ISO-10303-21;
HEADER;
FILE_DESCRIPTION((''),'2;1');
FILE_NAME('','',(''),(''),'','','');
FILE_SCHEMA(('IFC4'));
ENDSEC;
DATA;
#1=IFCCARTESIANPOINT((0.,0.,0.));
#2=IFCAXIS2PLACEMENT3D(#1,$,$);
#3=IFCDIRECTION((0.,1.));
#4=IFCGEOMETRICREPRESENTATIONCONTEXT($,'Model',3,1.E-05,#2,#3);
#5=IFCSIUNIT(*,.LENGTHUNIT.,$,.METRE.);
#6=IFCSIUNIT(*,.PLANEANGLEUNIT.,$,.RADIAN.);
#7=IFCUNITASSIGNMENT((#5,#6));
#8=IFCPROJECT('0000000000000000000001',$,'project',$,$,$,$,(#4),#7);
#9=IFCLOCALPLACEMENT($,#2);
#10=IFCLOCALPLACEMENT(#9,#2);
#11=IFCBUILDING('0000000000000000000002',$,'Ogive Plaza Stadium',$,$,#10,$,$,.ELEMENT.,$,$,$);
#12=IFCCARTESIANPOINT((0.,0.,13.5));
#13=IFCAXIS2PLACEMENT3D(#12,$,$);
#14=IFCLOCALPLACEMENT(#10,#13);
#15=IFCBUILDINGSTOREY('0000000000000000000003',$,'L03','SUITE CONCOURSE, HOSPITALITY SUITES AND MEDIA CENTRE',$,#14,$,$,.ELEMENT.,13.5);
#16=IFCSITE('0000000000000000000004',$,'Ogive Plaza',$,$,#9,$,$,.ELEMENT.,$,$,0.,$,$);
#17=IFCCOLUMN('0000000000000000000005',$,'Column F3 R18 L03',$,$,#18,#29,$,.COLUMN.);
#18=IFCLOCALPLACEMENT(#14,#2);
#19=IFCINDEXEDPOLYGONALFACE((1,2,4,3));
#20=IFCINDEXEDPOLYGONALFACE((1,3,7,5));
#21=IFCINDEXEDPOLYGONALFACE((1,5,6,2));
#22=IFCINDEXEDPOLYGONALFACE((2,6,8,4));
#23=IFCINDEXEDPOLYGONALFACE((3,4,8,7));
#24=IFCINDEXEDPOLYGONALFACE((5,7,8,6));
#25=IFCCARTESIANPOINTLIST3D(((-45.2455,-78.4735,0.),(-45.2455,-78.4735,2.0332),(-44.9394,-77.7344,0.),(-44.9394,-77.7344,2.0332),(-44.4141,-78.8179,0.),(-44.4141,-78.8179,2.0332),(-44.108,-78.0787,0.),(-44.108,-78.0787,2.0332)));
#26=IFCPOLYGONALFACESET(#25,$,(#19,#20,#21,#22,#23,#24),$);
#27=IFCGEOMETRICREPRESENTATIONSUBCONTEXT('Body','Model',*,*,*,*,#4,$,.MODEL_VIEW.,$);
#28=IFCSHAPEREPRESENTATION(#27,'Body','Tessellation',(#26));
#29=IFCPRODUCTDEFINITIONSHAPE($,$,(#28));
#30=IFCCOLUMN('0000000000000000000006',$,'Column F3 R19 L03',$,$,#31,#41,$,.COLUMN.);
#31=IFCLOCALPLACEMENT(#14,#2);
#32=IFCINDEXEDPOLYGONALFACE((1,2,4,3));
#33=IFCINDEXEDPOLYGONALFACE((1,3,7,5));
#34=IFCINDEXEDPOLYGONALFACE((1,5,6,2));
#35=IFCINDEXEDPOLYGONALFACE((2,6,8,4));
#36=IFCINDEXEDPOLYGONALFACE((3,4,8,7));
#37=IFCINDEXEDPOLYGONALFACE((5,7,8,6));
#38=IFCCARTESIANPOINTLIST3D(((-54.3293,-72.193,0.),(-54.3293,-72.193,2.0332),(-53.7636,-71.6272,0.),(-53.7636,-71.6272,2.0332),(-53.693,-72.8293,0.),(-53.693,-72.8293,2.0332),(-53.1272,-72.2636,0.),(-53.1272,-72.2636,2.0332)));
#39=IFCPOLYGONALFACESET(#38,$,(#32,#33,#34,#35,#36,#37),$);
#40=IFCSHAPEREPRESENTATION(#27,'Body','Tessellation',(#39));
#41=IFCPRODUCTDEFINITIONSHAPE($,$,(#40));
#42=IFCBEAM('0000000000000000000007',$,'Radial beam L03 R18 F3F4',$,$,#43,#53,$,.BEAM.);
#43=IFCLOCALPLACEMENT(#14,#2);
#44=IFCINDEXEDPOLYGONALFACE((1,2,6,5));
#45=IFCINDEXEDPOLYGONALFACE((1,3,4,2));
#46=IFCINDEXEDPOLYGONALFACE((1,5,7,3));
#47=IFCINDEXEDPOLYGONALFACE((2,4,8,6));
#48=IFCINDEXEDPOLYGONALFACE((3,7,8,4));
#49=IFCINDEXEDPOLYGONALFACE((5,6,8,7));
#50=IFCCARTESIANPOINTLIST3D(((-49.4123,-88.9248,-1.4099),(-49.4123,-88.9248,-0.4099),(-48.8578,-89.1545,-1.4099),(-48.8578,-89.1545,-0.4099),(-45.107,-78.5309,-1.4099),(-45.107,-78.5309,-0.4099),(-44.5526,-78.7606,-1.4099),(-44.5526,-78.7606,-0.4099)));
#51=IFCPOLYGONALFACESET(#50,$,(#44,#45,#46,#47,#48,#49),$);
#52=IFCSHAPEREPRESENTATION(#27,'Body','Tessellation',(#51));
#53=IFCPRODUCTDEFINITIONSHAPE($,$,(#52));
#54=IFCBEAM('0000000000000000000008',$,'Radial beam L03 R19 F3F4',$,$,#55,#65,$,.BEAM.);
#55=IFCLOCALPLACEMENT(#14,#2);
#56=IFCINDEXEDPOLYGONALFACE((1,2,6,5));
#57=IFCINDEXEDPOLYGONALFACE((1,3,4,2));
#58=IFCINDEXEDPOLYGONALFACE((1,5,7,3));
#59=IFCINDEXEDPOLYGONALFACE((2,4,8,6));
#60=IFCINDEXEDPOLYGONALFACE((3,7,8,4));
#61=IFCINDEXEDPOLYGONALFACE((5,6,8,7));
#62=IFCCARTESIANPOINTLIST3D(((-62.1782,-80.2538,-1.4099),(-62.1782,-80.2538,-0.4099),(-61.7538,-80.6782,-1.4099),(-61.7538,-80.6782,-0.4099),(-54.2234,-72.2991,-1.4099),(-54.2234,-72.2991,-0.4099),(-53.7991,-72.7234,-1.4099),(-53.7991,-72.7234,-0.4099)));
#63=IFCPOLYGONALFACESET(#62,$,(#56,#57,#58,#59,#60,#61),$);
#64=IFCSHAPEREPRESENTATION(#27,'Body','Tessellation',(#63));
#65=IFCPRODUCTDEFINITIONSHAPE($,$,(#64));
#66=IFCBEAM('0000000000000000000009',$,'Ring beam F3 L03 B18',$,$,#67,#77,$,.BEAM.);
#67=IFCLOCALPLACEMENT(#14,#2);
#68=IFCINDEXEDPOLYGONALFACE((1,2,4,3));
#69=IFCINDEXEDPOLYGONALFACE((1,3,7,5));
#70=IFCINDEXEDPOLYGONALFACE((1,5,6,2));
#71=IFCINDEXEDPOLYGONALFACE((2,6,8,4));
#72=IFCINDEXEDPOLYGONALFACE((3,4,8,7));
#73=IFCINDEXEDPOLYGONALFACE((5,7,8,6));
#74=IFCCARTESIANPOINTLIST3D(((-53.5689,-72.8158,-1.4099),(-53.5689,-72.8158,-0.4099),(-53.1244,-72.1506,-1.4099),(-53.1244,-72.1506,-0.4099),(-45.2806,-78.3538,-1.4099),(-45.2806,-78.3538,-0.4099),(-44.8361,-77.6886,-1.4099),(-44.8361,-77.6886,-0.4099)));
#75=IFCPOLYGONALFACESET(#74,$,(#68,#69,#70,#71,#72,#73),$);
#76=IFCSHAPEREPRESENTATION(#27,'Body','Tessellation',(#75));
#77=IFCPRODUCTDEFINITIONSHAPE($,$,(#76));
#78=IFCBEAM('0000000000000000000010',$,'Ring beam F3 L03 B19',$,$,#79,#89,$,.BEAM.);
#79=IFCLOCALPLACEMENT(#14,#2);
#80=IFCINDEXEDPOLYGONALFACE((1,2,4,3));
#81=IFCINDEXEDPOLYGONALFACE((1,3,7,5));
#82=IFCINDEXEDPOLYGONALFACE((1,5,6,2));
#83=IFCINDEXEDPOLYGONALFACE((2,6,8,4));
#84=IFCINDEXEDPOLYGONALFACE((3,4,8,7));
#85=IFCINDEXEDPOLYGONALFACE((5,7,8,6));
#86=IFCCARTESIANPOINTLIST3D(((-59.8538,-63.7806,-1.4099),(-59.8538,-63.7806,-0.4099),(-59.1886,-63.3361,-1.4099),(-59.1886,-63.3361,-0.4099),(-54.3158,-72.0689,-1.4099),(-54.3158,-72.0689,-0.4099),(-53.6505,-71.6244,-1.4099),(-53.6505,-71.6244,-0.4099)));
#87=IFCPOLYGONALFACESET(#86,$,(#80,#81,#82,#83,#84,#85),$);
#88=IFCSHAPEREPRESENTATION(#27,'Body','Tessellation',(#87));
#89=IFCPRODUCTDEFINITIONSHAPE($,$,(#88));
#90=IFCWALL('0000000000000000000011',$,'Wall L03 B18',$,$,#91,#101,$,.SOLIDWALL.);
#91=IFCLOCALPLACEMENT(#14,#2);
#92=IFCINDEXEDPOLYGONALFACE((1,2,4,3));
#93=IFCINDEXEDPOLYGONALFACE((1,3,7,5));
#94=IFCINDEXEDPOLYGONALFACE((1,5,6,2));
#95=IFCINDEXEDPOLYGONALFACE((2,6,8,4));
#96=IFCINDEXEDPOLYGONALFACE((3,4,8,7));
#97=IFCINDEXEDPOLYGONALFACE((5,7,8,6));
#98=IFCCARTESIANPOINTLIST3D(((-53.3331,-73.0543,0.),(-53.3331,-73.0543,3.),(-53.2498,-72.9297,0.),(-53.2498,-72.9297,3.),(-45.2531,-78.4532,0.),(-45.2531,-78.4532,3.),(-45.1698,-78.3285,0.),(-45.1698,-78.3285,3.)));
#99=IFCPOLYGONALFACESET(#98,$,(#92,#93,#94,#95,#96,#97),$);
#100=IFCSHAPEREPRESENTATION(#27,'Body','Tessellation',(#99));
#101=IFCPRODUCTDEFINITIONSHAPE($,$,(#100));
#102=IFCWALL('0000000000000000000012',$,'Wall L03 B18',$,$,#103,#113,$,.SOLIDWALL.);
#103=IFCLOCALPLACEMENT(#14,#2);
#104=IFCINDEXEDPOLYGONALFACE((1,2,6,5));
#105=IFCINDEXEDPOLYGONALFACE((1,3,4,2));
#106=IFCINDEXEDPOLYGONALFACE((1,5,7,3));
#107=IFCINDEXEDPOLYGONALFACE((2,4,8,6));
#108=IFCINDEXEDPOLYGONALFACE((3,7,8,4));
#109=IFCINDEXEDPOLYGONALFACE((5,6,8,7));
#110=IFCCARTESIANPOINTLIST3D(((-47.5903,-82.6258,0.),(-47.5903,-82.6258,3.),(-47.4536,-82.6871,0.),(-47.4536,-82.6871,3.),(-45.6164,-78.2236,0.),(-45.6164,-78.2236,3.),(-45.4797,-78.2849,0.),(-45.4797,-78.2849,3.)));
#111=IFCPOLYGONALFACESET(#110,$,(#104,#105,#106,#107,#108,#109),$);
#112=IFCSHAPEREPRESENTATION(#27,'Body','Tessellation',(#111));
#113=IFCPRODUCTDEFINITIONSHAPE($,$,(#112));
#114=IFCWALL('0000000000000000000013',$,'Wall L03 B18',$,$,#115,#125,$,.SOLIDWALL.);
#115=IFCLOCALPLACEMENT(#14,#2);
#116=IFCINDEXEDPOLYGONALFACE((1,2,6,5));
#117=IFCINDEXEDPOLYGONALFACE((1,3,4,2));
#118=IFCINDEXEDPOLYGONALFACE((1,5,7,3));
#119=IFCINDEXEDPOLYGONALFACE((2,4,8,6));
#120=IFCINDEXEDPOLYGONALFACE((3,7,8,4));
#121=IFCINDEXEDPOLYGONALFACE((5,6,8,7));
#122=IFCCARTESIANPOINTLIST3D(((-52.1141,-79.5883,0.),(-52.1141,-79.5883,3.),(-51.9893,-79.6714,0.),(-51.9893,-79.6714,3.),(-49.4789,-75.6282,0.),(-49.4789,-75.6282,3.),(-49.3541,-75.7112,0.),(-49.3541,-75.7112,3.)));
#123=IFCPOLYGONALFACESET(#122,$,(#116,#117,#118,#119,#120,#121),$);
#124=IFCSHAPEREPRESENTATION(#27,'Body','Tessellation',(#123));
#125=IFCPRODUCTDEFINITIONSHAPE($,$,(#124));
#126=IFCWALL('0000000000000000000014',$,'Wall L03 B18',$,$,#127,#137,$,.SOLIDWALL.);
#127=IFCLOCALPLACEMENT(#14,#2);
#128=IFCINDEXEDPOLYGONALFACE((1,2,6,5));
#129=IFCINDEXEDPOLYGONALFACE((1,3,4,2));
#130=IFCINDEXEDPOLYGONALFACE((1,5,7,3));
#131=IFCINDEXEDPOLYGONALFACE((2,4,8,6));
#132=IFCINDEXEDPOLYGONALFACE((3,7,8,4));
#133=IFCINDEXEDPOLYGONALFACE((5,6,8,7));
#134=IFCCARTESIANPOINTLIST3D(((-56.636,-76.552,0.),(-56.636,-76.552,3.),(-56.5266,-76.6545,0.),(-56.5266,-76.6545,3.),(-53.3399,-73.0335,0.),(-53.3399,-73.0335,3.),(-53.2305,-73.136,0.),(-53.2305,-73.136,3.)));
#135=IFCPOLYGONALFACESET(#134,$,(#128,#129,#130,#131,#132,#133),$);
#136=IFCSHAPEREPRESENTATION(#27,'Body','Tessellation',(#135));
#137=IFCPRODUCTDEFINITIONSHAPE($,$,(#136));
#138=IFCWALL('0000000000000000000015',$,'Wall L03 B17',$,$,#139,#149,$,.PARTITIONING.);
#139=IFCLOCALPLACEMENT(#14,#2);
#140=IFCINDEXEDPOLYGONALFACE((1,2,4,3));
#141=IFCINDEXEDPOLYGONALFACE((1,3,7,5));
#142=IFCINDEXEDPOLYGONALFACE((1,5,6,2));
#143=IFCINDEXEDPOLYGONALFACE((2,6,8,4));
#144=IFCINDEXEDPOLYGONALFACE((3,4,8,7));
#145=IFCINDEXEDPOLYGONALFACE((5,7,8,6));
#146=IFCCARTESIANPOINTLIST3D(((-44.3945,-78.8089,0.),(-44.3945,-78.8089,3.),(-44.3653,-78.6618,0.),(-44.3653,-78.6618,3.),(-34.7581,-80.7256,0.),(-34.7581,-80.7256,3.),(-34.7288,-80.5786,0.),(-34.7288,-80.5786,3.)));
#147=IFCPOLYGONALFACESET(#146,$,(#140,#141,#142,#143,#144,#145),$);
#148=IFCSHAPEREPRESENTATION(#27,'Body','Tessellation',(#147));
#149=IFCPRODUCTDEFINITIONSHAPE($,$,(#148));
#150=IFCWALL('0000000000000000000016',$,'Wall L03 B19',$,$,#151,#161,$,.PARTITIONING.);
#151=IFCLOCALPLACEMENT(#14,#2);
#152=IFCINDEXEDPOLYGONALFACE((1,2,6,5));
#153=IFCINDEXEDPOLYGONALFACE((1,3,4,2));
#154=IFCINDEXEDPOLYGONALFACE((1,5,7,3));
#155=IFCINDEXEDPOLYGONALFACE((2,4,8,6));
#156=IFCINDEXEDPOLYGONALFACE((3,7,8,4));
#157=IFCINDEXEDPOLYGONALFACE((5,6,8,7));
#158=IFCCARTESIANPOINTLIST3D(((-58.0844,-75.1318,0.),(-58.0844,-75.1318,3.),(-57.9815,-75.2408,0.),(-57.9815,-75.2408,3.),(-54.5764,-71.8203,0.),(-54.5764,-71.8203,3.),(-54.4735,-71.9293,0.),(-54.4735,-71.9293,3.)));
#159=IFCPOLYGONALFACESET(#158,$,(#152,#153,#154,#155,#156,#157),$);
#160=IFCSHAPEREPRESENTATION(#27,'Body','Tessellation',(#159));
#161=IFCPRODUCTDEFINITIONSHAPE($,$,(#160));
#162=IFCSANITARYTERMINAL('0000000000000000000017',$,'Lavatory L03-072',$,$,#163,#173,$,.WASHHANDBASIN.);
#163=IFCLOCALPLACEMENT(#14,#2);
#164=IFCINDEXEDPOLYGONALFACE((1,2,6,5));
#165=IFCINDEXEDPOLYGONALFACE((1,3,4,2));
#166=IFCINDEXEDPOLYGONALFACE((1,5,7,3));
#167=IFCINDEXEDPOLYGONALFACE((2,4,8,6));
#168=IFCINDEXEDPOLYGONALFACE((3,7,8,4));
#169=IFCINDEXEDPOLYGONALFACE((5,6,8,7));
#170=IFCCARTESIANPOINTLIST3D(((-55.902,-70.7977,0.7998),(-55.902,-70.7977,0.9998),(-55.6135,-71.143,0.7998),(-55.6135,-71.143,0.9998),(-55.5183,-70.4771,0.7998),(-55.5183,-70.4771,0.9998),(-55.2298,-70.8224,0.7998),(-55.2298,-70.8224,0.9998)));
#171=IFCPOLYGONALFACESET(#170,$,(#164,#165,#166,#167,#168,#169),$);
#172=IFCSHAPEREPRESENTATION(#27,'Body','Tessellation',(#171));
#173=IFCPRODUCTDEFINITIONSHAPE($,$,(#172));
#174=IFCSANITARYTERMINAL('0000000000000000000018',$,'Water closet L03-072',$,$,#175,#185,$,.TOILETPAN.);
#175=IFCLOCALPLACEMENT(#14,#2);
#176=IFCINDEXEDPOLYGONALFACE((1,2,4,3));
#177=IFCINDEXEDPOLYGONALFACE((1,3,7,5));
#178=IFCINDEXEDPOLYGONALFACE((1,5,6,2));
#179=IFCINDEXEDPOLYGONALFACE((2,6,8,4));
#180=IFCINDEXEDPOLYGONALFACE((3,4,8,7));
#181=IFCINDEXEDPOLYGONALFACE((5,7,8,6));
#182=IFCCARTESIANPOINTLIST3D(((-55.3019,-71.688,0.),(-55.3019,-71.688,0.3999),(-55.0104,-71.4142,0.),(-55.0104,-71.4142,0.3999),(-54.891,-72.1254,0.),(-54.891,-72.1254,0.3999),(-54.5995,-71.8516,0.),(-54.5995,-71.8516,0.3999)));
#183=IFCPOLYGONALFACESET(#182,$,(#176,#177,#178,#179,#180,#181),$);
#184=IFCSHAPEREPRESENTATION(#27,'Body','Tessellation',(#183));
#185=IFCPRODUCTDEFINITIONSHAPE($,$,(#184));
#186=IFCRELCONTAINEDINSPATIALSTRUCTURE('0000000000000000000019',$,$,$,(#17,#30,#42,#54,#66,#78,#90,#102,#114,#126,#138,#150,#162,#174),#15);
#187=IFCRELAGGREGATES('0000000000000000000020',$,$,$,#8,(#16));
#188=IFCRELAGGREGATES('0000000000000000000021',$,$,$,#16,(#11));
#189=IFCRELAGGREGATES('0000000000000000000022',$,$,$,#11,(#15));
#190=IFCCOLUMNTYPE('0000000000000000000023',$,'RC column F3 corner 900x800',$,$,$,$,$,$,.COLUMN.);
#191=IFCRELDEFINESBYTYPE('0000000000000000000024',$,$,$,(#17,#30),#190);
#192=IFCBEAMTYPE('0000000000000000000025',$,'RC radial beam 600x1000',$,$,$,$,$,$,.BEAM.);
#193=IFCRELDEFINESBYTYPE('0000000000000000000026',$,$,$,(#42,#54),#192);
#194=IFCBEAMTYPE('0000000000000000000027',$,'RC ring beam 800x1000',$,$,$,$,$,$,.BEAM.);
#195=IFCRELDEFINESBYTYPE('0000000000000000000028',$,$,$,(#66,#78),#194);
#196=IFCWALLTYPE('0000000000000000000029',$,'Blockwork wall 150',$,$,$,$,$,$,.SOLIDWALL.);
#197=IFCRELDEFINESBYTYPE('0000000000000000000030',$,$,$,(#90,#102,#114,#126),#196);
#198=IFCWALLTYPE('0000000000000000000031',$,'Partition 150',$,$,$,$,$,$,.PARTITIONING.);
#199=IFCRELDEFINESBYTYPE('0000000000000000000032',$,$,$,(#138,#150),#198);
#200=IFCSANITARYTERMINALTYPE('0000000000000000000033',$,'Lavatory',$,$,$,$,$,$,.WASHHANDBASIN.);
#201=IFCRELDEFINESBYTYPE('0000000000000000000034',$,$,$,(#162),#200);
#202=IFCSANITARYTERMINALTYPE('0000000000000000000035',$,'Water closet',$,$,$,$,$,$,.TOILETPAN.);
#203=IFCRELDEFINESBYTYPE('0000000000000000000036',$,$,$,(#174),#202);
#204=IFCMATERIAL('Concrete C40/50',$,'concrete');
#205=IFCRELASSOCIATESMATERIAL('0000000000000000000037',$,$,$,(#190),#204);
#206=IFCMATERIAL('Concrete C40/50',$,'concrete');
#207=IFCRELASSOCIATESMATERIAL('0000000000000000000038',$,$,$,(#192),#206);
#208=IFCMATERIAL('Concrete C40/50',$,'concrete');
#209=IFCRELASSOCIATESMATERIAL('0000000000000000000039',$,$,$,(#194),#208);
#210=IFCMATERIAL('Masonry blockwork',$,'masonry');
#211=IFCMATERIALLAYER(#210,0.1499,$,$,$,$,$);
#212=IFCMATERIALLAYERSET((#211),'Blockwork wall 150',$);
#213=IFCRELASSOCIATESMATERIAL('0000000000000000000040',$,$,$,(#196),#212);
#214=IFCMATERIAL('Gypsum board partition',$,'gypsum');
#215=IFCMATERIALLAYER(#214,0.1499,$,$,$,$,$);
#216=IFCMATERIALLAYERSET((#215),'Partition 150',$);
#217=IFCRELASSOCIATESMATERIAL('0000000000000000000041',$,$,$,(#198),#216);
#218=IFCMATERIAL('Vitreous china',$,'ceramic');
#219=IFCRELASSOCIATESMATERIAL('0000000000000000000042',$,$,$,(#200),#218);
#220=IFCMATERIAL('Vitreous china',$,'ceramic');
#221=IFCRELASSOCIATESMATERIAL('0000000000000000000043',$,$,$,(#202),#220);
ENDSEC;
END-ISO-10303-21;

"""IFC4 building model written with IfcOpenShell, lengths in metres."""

from ifc_helpers import new_model, si_unit, direction, frame, frame_2d, origin, origin_2d, place, context, subcontext, project, spatial, rectangle, extrude, material, layer, layer_set, material_profile, profile_set, type_object, element, save


model = new_model("IFC4")

# Units and contexts
model_context = context("Model", 3, precision=1e-05, world=origin(), true_north=direction((0.0, 1.0)))
body_context = subcontext(model_context, "Body", "Model", "MODEL_VIEW")
ifc_project = project(units=[si_unit("LENGTHUNIT", "METRE"), si_unit("PLANEANGLEUNIT", "RADIAN")], contexts=[model_context])

# Site, building, storey
site_placement = place(None, origin())
site = spatial("IfcSite", under=ifc_project, at=site_placement, Name="Ogive Plaza", CompositionType="ELEMENT", RefElevation=0.0)
building_placement = place(site_placement, origin())
building = spatial("IfcBuilding", under=site, at=building_placement, Name="Ogive Plaza Stadium", CompositionType="ELEMENT")
storey_placement = place(building_placement, frame((0.0, 0.0, 13.5)))
storey = spatial("IfcBuildingStorey", under=building, at=storey_placement, Name="L03", Description="SUITE CONCOURSE, HOSPITALITY SUITES AND MEDIA CENTRE", CompositionType="ELEMENT", Elevation=13.5)

# Columns
ifc_material_1 = material(Name="Concrete C40/50", Category="concrete")
ifc_material_profile_1 = material_profile(ifc_material_1, rectangle(XDim=0.8999, YDim=0.8, at=origin_2d()), Name="RC 900x800")
ifc_profile_set_1 = profile_set([ifc_material_profile_1], Name="Concrete C40/50")
column_type = type_object("IfcColumnType", Name="RC column F3 corner 900x800", PredefinedType="COLUMN", material=ifc_profile_set_1)
for number, where, z_axis, x_axis, name in (
    (1, (-44.6768, -78.2761, 0.0), (0.0, 0.0, 1.0), (0.92388, -0.382683, 0.0), "Column F3 R18 L03"),
    (2, (-53.7283, -72.2283, 0.0), (0.0, 0.0, 1.0), (0.707107, -0.707107, 0.0), "Column F3 R19 L03"),
):
    element("IfcColumn", number, at=place(storey_placement, frame(where, z_axis=z_axis, x_axis=x_axis)), inside=storey, type_object=column_type, Name=name, PredefinedType="COLUMN", context=body_context, shape_type="SweptSolid", body=[
        extrude(rectangle(XDim=0.8999, YDim=0.8, at=origin_2d()), origin(), (0.0, 0.0, 1.0), 2.0332),
    ])

# Beams
ifc_material_2 = material(Name="Concrete C40/50", Category="concrete")
ifc_material_profile_2 = material_profile(ifc_material_2, rectangle(XDim=0.6001, YDim=1.0, at=origin_2d()), Name="RC 600x1000")
ifc_profile_set_2 = profile_set([ifc_material_profile_2], Name="Concrete C40/50")
beam_type_1 = type_object("IfcBeamType", Name="RC radial beam 600x1000", PredefinedType="BEAM", material=ifc_profile_set_2)
beam_1_placement = place(storey_placement, frame((-44.8298, -78.6458, -0.9099), z_axis=(-0.382678, -0.923882, 0.0), x_axis=(0.923882, -0.382678, 0.0)))
element("IfcBeam", 3, at=beam_1_placement, inside=storey, type_object=beam_type_1, Name="Radial beam L03 R18 F3F4", PredefinedType="BEAM", context=body_context, shape_type="SweptSolid", body=[
    extrude(rectangle(XDim=0.6001, YDim=1.0, at=origin_2d()), origin(), (0.0, 0.0, 1.0), 11.2502),
])
beam_2_placement = place(storey_placement, frame((-54.0112, -72.5112, -0.9099), z_axis=(-0.707107, -0.707107, 0.0), x_axis=(0.707107, -0.707107, 0.0)))
element("IfcBeam", 4, at=beam_2_placement, inside=storey, type_object=beam_type_1, Name="Radial beam L03 R19 F3F4", PredefinedType="BEAM", context=body_context, shape_type="SweptSolid", body=[
    extrude(rectangle(XDim=0.6001, YDim=1.0, at=origin_2d()), origin(), (0.0, 0.0, 1.0), 11.2498),
])
ifc_material_3 = material(Name="Concrete C40/50", Category="concrete")
ifc_material_profile_3 = material_profile(ifc_material_3, rectangle(XDim=0.8, YDim=1.0, at=origin_2d()), Name="RC 800x1000")
ifc_profile_set_3 = profile_set([ifc_material_profile_3], Name="Concrete C40/50")
beam_type_2 = type_object("IfcBeamType", Name="RC ring beam 800x1000", PredefinedType="BEAM", material=ifc_profile_set_3)
for number, where, z_axis, x_axis, name in (
    (5, (-45.0583, -78.0212, -0.9099), (-0.83147, 0.55557, 0.0), (-0.55557, -0.83147, 0.0), "Ring beam F3 L03 B18"),
    (6, (-53.9832, -71.8467, -0.9099), (-0.55557, 0.83147, 0.0), (-0.83147, -0.55557, 0.0), "Ring beam F3 L03 B19"),
):
    element("IfcBeam", number, at=place(storey_placement, frame(where, z_axis=z_axis, x_axis=x_axis)), inside=storey, type_object=beam_type_2, Name=name, PredefinedType="BEAM", context=body_context, shape_type="SweptSolid", body=[
        extrude(rectangle(XDim=0.8, YDim=1.0, at=origin_2d()), origin(), (0.0, 0.0, 1.0), 9.9683),
    ])

# Walls
ifc_material_4 = material(Name="Masonry blockwork", Category="masonry")
ifc_layer_1 = layer(ifc_material_4, 0.1499)
ifc_layer_set_1 = layer_set([ifc_layer_1], Name="Blockwork wall 150")
wall_type_1 = type_object("IfcWallType", Name="Blockwork wall 150", PredefinedType="SOLIDWALL", material=ifc_layer_set_1)
wall_1_placement = place(storey_placement, frame((-45.2114, -78.3909, 0.0), z_axis=(0.0, 0.0, 1.0), x_axis=(-0.83147, 0.55557, 0.0)))
element("IfcWall", 7, at=wall_1_placement, inside=storey, type_object=wall_type_1, Name="Wall L03 B18", PredefinedType="SOLIDWALL", context=body_context, shape_type="SweptSolid", body=[
    extrude(rectangle(XDim=9.7178, YDim=0.1499, at=frame_2d((4.8589, 0.0))), origin(), (0.0, 0.0, 1.0), 3.0),
])
wall_2_placement = place(storey_placement, frame((-45.5481, -78.2544, 0.0), z_axis=(0.0, 0.0, 1.0), x_axis=(-0.409146, -0.912469, 0.0)))
element("IfcWall", 8, at=wall_2_placement, inside=storey, type_object=wall_type_1, Name="Wall L03 B18", PredefinedType="SOLIDWALL", context=body_context, shape_type="SweptSolid", body=[
    extrude(rectangle(XDim=4.8245, YDim=0.1499, at=frame_2d((2.4121, 0.0))), origin(), (0.0, 0.0, 1.0), 3.0),
])
wall_3_placement = place(storey_placement, frame((-49.4165, -75.6697, 0.0), z_axis=(0.0, 0.0, 1.0), x_axis=(-0.553989, -0.832524, 0.0)))
element("IfcWall", 9, at=wall_3_placement, inside=storey, type_object=wall_type_1, Name="Wall L03 B18", PredefinedType="SOLIDWALL", context=body_context, shape_type="SweptSolid", body=[
    extrude(rectangle(XDim=4.7568, YDim=0.1499, at=frame_2d((2.3784, 0.0))), origin(), (0.0, 0.0, 1.0), 3.0),
])
wall_4_placement = place(storey_placement, frame((-53.2852, -73.0847, 0.0), z_axis=(0.0, 0.0, 1.0), x_axis=(-0.683665, -0.729796, 0.0)))
element("IfcWall", 10, at=wall_4_placement, inside=storey, type_object=wall_type_1, Name="Wall L03 B18", PredefinedType="SOLIDWALL", context=body_context, shape_type="SweptSolid", body=[
    extrude(rectangle(XDim=4.8213, YDim=0.1499, at=frame_2d((2.4106, 0.0))), origin(), (0.0, 0.0, 1.0), 3.0),
])
ifc_material_5 = material(Name="Gypsum board partition", Category="gypsum")
ifc_layer_2 = layer(ifc_material_5, 0.1499)
ifc_layer_set_2 = layer_set([ifc_layer_2], Name="Partition 150")
wall_type_2 = type_object("IfcWallType", Name="Partition 150", PredefinedType="PARTITIONING", material=ifc_layer_set_2)
wall_5_placement = place(storey_placement, frame((-44.3799, -78.7354, 0.0), z_axis=(0.0, 0.0, 1.0), x_axis=(0.980787, -0.195084, 0.0)))
element("IfcWall", 11, at=wall_5_placement, inside=storey, type_object=wall_type_2, Name="Wall L03 B17", PredefinedType="PARTITIONING", context=body_context, shape_type="SweptSolid", body=[
    extrude(rectangle(XDim=9.8252, YDim=0.1499, at=frame_2d((4.9126, 0.0))), origin(), (0.0, 0.0, 1.0), 3.0),
])
wall_6_placement = place(storey_placement, frame((-54.5249, -71.8748, 0.0), z_axis=(0.0, 0.0, 1.0), x_axis=(-0.727183, -0.686444, 0.0)))
element("IfcWall", 12, at=wall_6_placement, inside=storey, type_object=wall_type_2, Name="Wall L03 B19", PredefinedType="PARTITIONING", context=body_context, shape_type="SweptSolid", body=[
    extrude(rectangle(XDim=4.8242, YDim=0.1499, at=frame_2d((2.4121, 0.0))), origin(), (0.0, 0.0, 1.0), 3.0),
])

# Sanitary terminals
ifc_material_6 = material(Name="Vitreous china", Category="ceramic")
sanitary_terminal_type_1 = type_object("IfcSanitaryTerminalType", Name="Lavatory", PredefinedType="WASHHANDBASIN", material=ifc_material_6)
sanitary_terminal_1_placement = place(storey_placement, frame((-55.5659, -70.8101, 0.7998), z_axis=(0.0, 0.0, 1.0), x_axis=(-0.767428, -0.641135, 0.0)))
element("IfcSanitaryTerminal", 13, at=sanitary_terminal_1_placement, inside=storey, type_object=sanitary_terminal_type_1, Name="Lavatory L03-072", PredefinedType="WASHHANDBASIN", context=body_context, shape_type="SweptSolid", body=[
    extrude(rectangle(XDim=0.5, YDim=0.45, at=origin_2d()), origin(), (0.0, 0.0, 1.0), 0.2),
])
ifc_material_7 = material(Name="Vitreous china", Category="ceramic")
sanitary_terminal_type_2 = type_object("IfcSanitaryTerminalType", Name="Water closet", PredefinedType="TOILETPAN", material=ifc_material_7)
sanitary_terminal_2_placement = place(storey_placement, frame((-54.9507, -71.7698, 0.0), z_axis=(0.0, 0.0, 1.0), x_axis=(-0.728842, -0.684682, 0.0)))
element("IfcSanitaryTerminal", 14, at=sanitary_terminal_2_placement, inside=storey, type_object=sanitary_terminal_type_2, Name="Water closet L03-072", PredefinedType="TOILETPAN", context=body_context, shape_type="SweptSolid", body=[
    extrude(rectangle(XDim=0.3999, YDim=0.6001, at=origin_2d()), origin(), (0.0, 0.0, 1.0), 0.3999),
])

save(model, "model.ifc")
